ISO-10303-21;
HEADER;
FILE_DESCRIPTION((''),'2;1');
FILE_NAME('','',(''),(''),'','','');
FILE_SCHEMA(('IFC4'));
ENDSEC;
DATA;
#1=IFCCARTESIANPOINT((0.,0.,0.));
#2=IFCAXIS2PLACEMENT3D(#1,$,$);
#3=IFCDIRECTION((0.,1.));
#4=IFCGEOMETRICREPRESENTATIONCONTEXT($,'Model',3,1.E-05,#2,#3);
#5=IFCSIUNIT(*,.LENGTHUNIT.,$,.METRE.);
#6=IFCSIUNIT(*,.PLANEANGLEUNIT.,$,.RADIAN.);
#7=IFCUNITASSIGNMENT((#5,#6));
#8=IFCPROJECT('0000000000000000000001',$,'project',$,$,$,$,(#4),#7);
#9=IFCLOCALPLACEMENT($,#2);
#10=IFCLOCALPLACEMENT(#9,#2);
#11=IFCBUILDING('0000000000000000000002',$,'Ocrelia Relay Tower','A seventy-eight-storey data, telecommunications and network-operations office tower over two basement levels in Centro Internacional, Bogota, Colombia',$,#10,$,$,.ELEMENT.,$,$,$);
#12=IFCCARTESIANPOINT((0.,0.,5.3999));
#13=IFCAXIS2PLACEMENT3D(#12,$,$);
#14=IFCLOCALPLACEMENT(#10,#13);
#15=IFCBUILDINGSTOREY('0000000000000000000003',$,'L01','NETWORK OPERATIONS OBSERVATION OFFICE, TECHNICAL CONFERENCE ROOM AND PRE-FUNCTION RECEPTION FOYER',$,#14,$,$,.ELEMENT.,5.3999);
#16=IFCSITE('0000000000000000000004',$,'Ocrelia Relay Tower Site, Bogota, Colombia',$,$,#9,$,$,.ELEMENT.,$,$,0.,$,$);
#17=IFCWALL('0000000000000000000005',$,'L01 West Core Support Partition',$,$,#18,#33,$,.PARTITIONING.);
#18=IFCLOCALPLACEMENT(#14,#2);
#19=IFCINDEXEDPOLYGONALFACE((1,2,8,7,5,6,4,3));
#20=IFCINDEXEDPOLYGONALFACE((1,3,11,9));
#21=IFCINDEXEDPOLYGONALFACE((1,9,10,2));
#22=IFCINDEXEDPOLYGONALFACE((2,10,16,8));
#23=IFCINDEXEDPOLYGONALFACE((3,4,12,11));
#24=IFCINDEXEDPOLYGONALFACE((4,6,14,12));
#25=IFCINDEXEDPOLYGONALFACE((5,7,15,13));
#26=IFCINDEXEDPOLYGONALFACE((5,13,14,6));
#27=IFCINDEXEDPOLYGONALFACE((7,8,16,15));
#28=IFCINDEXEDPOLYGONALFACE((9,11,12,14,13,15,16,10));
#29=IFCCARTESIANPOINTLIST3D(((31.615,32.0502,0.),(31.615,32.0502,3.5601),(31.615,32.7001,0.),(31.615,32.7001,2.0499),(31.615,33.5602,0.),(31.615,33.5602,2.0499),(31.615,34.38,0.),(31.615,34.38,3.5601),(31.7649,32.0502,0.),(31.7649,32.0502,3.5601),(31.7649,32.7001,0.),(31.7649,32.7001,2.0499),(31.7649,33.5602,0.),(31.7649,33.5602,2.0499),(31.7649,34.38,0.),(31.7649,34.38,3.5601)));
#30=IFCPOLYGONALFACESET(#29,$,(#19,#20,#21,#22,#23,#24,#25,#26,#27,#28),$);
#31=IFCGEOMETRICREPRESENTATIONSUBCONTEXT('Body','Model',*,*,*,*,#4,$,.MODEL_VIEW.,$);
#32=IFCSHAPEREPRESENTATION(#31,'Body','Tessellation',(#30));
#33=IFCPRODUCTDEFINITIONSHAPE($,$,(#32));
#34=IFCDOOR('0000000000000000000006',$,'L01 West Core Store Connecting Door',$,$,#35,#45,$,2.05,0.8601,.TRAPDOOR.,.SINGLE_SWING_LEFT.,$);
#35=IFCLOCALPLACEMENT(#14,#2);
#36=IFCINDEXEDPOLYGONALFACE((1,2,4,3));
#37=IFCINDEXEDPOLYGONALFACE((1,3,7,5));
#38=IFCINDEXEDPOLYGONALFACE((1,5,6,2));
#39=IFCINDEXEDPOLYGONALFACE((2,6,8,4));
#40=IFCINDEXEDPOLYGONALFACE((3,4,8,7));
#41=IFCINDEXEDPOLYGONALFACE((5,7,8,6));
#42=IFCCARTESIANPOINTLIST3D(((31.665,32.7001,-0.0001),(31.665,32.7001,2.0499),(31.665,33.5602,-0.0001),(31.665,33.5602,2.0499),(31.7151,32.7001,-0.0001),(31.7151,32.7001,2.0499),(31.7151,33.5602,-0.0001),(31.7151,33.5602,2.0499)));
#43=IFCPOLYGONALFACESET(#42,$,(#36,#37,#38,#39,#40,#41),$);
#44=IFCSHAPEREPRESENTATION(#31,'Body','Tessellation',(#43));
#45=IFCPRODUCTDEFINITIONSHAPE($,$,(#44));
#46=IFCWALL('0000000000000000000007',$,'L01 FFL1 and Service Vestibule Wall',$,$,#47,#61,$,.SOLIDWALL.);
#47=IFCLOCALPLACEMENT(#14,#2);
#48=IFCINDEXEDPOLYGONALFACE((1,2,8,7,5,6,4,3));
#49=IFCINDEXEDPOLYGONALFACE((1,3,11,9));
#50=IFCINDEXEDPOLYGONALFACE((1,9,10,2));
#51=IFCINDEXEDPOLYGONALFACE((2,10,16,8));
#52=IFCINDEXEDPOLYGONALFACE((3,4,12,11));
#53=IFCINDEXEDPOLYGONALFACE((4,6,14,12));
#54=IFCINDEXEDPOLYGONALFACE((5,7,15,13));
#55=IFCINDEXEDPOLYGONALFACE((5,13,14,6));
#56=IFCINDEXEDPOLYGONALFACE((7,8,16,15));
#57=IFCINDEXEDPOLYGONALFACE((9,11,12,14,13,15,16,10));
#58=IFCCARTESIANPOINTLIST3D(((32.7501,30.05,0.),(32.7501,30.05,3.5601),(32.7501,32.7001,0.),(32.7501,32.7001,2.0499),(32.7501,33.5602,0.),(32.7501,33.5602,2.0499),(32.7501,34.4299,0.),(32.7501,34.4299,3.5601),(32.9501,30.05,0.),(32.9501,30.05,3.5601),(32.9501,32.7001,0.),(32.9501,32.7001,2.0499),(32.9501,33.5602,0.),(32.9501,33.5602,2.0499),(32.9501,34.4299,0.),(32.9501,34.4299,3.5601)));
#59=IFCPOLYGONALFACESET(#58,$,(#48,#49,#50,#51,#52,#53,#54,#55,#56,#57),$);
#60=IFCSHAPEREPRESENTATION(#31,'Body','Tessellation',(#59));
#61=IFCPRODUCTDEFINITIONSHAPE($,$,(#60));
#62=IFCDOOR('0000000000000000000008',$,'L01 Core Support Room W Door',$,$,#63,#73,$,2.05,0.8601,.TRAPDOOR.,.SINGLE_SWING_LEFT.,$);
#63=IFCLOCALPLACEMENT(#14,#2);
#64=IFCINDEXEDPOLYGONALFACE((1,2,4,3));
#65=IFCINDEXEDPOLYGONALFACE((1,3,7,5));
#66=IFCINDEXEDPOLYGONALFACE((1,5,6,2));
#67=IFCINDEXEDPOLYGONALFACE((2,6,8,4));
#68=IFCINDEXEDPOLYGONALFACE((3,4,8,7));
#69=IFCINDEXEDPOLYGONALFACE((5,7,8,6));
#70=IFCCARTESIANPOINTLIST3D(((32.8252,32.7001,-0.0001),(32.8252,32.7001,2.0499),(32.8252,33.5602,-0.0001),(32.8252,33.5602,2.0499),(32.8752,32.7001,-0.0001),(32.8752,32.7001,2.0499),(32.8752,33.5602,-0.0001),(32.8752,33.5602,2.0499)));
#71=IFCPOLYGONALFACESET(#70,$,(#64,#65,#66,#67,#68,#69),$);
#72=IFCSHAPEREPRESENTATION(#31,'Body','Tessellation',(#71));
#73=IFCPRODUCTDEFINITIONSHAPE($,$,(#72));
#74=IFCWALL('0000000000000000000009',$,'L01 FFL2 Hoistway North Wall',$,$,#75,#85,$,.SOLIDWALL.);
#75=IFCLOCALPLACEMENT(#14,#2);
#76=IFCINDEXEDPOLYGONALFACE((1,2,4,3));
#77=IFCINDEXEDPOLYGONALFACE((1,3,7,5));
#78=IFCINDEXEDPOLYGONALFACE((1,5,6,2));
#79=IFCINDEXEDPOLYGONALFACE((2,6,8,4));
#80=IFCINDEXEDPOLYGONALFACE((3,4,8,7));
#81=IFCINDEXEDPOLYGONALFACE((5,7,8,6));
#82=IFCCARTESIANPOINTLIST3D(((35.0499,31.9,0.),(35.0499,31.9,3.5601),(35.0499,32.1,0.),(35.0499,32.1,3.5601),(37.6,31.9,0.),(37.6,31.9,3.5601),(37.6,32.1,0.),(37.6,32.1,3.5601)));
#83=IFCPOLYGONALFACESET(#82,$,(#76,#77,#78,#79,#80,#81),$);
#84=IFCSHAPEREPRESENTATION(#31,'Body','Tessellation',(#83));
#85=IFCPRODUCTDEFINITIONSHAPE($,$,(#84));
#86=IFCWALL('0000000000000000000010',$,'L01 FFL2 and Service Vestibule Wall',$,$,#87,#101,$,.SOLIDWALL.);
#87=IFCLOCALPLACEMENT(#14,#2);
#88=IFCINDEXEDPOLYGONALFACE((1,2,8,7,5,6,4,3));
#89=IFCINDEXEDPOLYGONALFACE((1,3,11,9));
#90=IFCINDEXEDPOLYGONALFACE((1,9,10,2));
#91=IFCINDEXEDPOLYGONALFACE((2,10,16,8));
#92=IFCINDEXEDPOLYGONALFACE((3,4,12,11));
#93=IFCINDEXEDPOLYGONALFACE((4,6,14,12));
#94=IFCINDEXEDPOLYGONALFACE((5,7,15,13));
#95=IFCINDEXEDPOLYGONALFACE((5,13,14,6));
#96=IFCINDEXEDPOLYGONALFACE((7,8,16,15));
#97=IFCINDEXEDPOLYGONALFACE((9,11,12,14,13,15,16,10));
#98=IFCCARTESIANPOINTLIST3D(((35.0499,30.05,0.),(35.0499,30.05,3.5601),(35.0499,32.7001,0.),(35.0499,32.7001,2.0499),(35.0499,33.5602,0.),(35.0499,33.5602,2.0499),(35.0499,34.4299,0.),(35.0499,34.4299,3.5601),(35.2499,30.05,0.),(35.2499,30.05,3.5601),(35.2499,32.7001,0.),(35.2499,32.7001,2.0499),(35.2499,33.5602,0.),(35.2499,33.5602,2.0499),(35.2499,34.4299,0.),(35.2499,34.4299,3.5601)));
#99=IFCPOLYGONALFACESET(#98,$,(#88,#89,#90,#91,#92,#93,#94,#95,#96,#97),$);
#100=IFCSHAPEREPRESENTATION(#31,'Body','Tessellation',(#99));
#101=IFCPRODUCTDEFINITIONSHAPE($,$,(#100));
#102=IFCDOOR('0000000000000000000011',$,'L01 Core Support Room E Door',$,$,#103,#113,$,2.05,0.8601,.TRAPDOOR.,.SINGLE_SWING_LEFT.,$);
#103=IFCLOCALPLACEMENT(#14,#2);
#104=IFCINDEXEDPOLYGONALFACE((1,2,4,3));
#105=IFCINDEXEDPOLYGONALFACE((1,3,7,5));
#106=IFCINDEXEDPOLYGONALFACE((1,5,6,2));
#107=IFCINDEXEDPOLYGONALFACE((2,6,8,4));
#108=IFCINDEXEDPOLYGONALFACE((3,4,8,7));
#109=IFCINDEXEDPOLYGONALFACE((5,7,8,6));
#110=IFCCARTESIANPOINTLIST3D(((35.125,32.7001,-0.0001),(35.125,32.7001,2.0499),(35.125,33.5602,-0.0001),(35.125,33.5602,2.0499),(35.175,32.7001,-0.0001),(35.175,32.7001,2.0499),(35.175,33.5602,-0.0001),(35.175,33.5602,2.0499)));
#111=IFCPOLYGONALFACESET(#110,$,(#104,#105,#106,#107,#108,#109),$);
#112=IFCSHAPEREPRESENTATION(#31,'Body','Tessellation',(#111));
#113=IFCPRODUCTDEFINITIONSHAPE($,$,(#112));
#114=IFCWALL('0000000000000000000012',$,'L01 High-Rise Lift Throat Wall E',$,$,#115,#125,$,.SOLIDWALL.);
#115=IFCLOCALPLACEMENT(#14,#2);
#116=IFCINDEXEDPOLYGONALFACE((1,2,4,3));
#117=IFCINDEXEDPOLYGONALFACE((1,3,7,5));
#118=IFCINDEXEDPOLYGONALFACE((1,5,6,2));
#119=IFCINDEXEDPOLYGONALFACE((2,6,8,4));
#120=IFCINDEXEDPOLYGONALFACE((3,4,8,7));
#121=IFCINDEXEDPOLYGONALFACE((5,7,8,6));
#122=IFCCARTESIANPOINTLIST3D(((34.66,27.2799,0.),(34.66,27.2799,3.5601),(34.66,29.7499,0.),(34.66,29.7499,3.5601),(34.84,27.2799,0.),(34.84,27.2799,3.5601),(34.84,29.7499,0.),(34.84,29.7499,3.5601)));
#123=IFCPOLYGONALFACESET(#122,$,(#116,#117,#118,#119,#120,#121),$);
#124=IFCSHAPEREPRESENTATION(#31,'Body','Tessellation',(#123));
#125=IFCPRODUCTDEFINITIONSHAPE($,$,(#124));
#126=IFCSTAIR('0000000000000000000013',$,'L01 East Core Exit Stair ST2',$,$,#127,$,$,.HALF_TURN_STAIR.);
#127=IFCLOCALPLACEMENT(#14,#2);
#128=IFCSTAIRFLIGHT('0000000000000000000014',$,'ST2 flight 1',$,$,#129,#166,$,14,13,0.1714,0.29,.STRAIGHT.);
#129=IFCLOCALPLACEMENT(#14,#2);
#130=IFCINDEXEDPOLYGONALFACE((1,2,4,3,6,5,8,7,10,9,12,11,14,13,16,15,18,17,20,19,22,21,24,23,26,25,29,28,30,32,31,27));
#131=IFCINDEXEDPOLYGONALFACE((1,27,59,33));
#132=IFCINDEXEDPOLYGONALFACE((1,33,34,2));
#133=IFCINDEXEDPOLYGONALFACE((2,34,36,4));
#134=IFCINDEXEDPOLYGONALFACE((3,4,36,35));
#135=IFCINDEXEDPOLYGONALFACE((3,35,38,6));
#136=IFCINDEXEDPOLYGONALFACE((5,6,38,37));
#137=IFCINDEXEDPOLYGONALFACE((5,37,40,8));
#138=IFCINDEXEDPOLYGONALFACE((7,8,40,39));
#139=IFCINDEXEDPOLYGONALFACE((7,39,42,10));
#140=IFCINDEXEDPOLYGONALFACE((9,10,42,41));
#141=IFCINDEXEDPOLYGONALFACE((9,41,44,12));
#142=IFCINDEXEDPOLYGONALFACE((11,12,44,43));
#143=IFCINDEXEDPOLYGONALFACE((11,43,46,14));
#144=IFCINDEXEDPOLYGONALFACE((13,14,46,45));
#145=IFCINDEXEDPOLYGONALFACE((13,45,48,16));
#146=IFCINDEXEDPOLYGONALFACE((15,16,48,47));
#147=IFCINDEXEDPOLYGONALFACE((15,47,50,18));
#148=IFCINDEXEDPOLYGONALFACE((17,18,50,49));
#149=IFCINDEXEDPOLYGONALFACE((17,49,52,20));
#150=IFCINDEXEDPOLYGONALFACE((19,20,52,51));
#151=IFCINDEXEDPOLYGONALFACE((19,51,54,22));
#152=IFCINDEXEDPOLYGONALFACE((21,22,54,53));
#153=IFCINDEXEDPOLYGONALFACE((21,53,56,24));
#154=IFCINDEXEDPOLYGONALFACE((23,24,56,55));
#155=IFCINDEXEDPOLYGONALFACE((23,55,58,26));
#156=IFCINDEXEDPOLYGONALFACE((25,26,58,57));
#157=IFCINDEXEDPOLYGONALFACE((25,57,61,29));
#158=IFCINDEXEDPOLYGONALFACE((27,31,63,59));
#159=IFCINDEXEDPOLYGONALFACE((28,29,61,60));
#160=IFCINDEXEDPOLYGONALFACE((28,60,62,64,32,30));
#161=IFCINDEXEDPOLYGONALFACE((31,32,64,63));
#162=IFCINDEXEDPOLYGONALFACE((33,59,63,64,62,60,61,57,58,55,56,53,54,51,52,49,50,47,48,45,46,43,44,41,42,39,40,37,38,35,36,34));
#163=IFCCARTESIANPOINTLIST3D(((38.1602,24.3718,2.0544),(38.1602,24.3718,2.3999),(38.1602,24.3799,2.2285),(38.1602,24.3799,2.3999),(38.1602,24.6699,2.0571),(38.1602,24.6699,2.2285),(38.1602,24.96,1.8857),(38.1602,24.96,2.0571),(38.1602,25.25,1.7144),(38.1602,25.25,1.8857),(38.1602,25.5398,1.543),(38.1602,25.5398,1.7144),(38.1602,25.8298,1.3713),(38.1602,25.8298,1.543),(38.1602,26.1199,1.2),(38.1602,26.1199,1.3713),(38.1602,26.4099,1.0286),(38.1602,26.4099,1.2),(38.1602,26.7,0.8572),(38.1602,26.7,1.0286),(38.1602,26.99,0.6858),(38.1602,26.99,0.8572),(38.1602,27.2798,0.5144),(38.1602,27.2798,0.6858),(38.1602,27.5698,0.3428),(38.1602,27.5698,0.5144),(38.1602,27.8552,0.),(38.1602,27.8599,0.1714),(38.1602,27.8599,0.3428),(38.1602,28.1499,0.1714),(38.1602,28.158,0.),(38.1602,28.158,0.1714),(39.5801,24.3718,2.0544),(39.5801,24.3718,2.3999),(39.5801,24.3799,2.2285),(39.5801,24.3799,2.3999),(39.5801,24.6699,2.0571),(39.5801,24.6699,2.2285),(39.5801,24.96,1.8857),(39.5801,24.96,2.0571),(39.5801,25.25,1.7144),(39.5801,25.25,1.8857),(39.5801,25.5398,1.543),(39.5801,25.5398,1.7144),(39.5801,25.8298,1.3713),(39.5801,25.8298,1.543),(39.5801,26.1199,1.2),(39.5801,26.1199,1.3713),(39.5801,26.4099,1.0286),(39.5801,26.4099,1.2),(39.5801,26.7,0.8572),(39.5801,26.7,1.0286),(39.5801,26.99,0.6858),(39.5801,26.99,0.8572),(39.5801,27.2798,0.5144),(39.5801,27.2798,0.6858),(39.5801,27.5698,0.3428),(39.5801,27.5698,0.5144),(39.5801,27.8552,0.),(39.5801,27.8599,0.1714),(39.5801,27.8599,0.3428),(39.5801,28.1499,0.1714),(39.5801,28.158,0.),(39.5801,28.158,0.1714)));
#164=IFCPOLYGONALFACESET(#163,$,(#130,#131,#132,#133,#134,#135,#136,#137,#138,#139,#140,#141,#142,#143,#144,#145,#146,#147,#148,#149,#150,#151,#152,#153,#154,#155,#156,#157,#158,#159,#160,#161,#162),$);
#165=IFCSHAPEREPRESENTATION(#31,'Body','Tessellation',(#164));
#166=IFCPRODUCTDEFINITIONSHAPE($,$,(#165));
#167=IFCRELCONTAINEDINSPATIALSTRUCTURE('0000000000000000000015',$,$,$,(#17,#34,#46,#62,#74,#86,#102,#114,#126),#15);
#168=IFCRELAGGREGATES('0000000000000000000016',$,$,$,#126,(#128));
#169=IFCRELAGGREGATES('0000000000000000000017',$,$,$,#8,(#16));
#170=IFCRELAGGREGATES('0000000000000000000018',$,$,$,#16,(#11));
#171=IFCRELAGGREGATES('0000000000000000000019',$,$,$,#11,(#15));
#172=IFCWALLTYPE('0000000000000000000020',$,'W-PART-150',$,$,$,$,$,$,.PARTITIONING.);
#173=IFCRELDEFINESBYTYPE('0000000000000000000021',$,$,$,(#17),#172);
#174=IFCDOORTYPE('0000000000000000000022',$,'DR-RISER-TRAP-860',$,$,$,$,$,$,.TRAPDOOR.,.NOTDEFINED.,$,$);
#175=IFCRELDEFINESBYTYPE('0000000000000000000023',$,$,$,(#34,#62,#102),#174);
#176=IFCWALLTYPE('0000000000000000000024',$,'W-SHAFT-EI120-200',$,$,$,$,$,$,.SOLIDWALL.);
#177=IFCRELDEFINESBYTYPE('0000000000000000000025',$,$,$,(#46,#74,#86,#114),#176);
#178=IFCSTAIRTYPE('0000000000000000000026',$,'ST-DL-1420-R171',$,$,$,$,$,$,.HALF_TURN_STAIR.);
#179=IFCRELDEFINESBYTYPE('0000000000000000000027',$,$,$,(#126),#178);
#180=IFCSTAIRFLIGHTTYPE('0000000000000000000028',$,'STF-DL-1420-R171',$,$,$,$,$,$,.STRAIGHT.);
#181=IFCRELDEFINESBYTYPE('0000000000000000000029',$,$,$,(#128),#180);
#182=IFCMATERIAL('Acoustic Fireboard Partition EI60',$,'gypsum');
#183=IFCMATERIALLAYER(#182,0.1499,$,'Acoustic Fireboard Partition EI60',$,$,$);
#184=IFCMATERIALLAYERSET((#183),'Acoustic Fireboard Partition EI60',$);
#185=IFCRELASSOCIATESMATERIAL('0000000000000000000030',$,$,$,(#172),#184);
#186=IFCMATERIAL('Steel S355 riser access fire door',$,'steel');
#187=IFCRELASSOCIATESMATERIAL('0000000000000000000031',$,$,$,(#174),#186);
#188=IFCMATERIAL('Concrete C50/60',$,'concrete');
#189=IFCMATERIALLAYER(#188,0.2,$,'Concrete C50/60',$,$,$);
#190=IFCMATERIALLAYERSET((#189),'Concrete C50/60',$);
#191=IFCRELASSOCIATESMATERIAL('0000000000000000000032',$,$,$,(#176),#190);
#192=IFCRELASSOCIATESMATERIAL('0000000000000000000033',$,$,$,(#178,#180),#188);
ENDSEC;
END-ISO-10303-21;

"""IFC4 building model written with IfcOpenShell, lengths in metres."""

from ifc_helpers import new_model, si_unit, direction, frame, frame_2d, origin, place, context, subcontext, project, spatial, polyline, rectangle, outline, extrude, material, layer, layer_set, type_object, element, fill, aggregate, save


model = new_model("IFC4")

# Units and contexts
model_context = context("Model", 3, precision=1e-05, world=origin(), true_north=direction((0.0, 1.0)))
body_context = subcontext(model_context, "Body", "Model", "MODEL_VIEW")
ifc_project = project(units=[si_unit("LENGTHUNIT", "METRE"), si_unit("PLANEANGLEUNIT", "RADIAN")], contexts=[model_context])

# Site, building, storey
site_placement = place(None, origin())
site = spatial("IfcSite", under=ifc_project, at=site_placement, Name="Ocrelia Relay Tower Site, Bogota, Colombia", CompositionType="ELEMENT", RefElevation=0.0)
building_placement = place(site_placement, origin())
building = spatial("IfcBuilding", under=site, at=building_placement, Name="Ocrelia Relay Tower", Description="A seventy-eight-storey data, telecommunications and network-operations office tower over two basement levels in Centro Internacional, Bogota, Colombia", CompositionType="ELEMENT")
storey_placement = place(building_placement, frame((0.0, 0.0, 5.3999)))
storey = spatial("IfcBuildingStorey", under=building, at=storey_placement, Name="L01", Description="NETWORK OPERATIONS OBSERVATION OFFICE, TECHNICAL CONFERENCE ROOM AND PRE-FUNCTION RECEPTION FOYER", CompositionType="ELEMENT", Elevation=5.3999)

# Walls, openings, doors
ifc_material_1 = material(Name="Concrete C50/60", Category="concrete")
ifc_material_2 = material(Name="Acoustic Fireboard Partition EI60", Category="gypsum")
ifc_layer_1 = layer(ifc_material_2, 0.1499, Name="Acoustic Fireboard Partition EI60")
ifc_layer_set_1 = layer_set([ifc_layer_1], Name="Acoustic Fireboard Partition EI60")
wall_type_1 = type_object("IfcWallType", Name="W-PART-150", PredefinedType="PARTITIONING", material=ifc_layer_set_1)
wall_1_placement = place(storey_placement, frame((31.6899, 32.05, 0.0), z_axis=(0.0, 0.0, 1.0), x_axis=(0.0, 1.0, 0.0)))
wall_1 = element("IfcWall", 1, at=wall_1_placement, inside=storey, type_object=wall_type_1, Name="L01 West Core Support Partition", PredefinedType="PARTITIONING", context=body_context, shape_type="SweptSolid", body=[
    extrude(rectangle(XDim=2.3298, YDim=0.1499, at=frame_2d((1.165, 0.0))), origin(), (0.0, 0.0, 1.0), 3.5601),
])
opening_1_placement = place(wall_1_placement, frame((0.6499, 0.0, 0.0)))
opening_1 = element("IfcOpeningElement", 2, at=opening_1_placement, cuts=wall_1, PredefinedType="OPENING", context=body_context, shape_type="SweptSolid", body=[
    extrude(rectangle(XDim=0.8601, YDim=2.05, at=frame_2d((0.4302, 1.0249))), frame((0.0, 0.085, 0.0), z_axis=(0.0, -1.0, 0.0), x_axis=(1.0, 0.0, 0.0)), (0.0, 0.0, 1.0), 0.1699),
])
ifc_material_3 = material(Name="Steel S355 riser access fire door", Category="steel")
door_type_1 = type_object("IfcDoorType", Name="DR-RISER-TRAP-860", OperationType="NOTDEFINED", PredefinedType="TRAPDOOR", material=ifc_material_3)
door_1_placement = place(opening_1_placement, origin())
door_1 = element("IfcDoor", 3, at=door_1_placement, inside=storey, type_object=door_type_1, Name="L01 West Core Store Connecting Door", OperationType="SINGLE_SWING_LEFT", OverallHeight=2.05, OverallWidth=0.8601, PredefinedType="TRAPDOOR", context=body_context, shape_type="SweptSolid", body=[
    extrude(rectangle(XDim=0.8601, YDim=2.05, at=frame_2d((0.4302, 1.0249))), frame((0.0, 0.0249, 0.0), z_axis=(0.0, -1.0, 0.0), x_axis=(1.0, 0.0, 0.0)), (0.0, 0.0, 1.0), 0.05),
])
fill(opening_1, door_1)
ifc_layer_2 = layer(ifc_material_1, 0.2, Name="Concrete C50/60")
ifc_layer_set_2 = layer_set([ifc_layer_2], Name="Concrete C50/60")
wall_type_2 = type_object("IfcWallType", Name="W-SHAFT-EI120-200", PredefinedType="SOLIDWALL", material=ifc_layer_set_2)
wall_2_placement = place(storey_placement, frame((32.8501, 30.05, 0.0), z_axis=(0.0, 0.0, 1.0), x_axis=(0.0, 1.0, 0.0)))
wall_2 = element("IfcWall", 4, at=wall_2_placement, inside=storey, type_object=wall_type_2, Name="L01 FFL1 and Service Vestibule Wall", PredefinedType="SOLIDWALL", context=body_context, shape_type="SweptSolid", body=[
    extrude(rectangle(XDim=4.3799, YDim=0.2, at=frame_2d((2.1899, 0.0))), origin(), (0.0, 0.0, 1.0), 3.5601),
])
opening_2_placement = place(wall_2_placement, frame((2.6499, 0.0, 0.0)))
opening_2 = element("IfcOpeningElement", 5, at=opening_2_placement, cuts=wall_2, PredefinedType="OPENING", context=body_context, shape_type="SweptSolid", body=[
    extrude(rectangle(XDim=0.8601, YDim=2.05, at=frame_2d((0.4302, 1.0249))), frame((0.0, 0.1099, 0.0), z_axis=(0.0, -1.0, 0.0), x_axis=(1.0, 0.0, 0.0)), (0.0, 0.0, 1.0), 0.22),
])
door_2_placement = place(opening_2_placement, origin())
door_2 = element("IfcDoor", 6, at=door_2_placement, inside=storey, type_object=door_type_1, Name="L01 Core Support Room W Door", OperationType="SINGLE_SWING_LEFT", OverallHeight=2.05, OverallWidth=0.8601, PredefinedType="TRAPDOOR", context=body_context, shape_type="SweptSolid", body=[
    extrude(rectangle(XDim=0.8601, YDim=2.05, at=frame_2d((0.4302, 1.0249))), frame((0.0, 0.0249, 0.0), z_axis=(0.0, -1.0, 0.0), x_axis=(1.0, 0.0, 0.0)), (0.0, 0.0, 1.0), 0.05),
])
fill(opening_2, door_2)

# Wall
wall_3_placement = place(storey_placement, frame((35.05, 32.0, 0.0), z_axis=(0.0, 0.0, 1.0), x_axis=(1.0, 0.0, 0.0)))
element("IfcWall", 7, at=wall_3_placement, inside=storey, type_object=wall_type_2, Name="L01 FFL2 Hoistway North Wall", PredefinedType="SOLIDWALL", context=body_context, shape_type="SweptSolid", body=[
    extrude(rectangle(XDim=2.55, YDim=0.2, at=frame_2d((1.2749, 0.0))), origin(), (0.0, 0.0, 1.0), 3.5601),
])

# Wall, opening, door
wall_4_placement = place(storey_placement, frame((35.1499, 30.05, 0.0), z_axis=(0.0, 0.0, 1.0), x_axis=(0.0, 1.0, 0.0)))
wall_4 = element("IfcWall", 8, at=wall_4_placement, inside=storey, type_object=wall_type_2, Name="L01 FFL2 and Service Vestibule Wall", PredefinedType="SOLIDWALL", context=body_context, shape_type="SweptSolid", body=[
    extrude(rectangle(XDim=4.3799, YDim=0.2, at=frame_2d((2.1899, 0.0))), origin(), (0.0, 0.0, 1.0), 3.5601),
])
opening_3_placement = place(wall_4_placement, frame((2.6499, 0.0, 0.0)))
opening_3 = element("IfcOpeningElement", 9, at=opening_3_placement, cuts=wall_4, PredefinedType="OPENING", context=body_context, shape_type="SweptSolid", body=[
    extrude(rectangle(XDim=0.8601, YDim=2.05, at=frame_2d((0.4302, 1.0249))), frame((0.0, 0.1099, 0.0), z_axis=(0.0, -1.0, 0.0), x_axis=(1.0, 0.0, 0.0)), (0.0, 0.0, 1.0), 0.22),
])
door_3_placement = place(opening_3_placement, origin())
door_3 = element("IfcDoor", 10, at=door_3_placement, inside=storey, type_object=door_type_1, Name="L01 Core Support Room E Door", OperationType="SINGLE_SWING_LEFT", OverallHeight=2.05, OverallWidth=0.8601, PredefinedType="TRAPDOOR", context=body_context, shape_type="SweptSolid", body=[
    extrude(rectangle(XDim=0.8601, YDim=2.05, at=frame_2d((0.4302, 1.0249))), frame((0.0, 0.0249, 0.0), z_axis=(0.0, -1.0, 0.0), x_axis=(1.0, 0.0, 0.0)), (0.0, 0.0, 1.0), 0.05),
])
fill(opening_3, door_3)

# Wall
wall_5_placement = place(storey_placement, frame((34.75, 27.28, 0.0), z_axis=(0.0, 0.0, 1.0), x_axis=(0.0, 1.0, 0.0)))
element("IfcWall", 11, at=wall_5_placement, inside=storey, type_object=wall_type_2, Name="L01 High-Rise Lift Throat Wall E", PredefinedType="SOLIDWALL", context=body_context, shape_type="SweptSolid", body=[
    extrude(rectangle(XDim=2.47, YDim=0.1799, at=frame_2d((1.2349, 0.0))), origin(), (0.0, 0.0, 1.0), 3.5601),
])

# Stair, stair flight
stair_type = type_object("IfcStairType", Name="ST-DL-1420-R171", PredefinedType="HALF_TURN_STAIR", material=ifc_material_1)
stair_placement = place(storey_placement, origin())
stair = element("IfcStair", 12, at=stair_placement, inside=storey, type_object=stair_type, Name="L01 East Core Exit Stair ST2", PredefinedType="HALF_TURN_STAIR")
stair_flight_type = type_object("IfcStairFlightType", Name="STF-DL-1420-R171", PredefinedType="STRAIGHT", material=ifc_material_1)
stair_flight_placement = place(storey_placement, frame((38.8701, 28.1499, 0.0), z_axis=(0.0, 0.0, 1.0), x_axis=(0.0, -1.0, 0.0)))
stair_flight = element("IfcStairFlight", 13, at=stair_flight_placement, type_object=stair_flight_type, Name="ST2 flight 1", NumberOfRisers=14, NumberOfTreads=13, PredefinedType="STRAIGHT", RiserHeight=0.1714, TreadLength=0.29, context=body_context, shape_type="SweptSolid", body=[
    extrude(outline(polyline([(-0.0081, 0.0), (-0.0081, 0.1714), (0.0, 0.1714), (0.29, 0.1714), (0.29, 0.3428), (0.5801, 0.3428), (0.5801, 0.5144), (0.8701, 0.5144), (0.8701, 0.6858), (1.1599, 0.6858), (1.1599, 0.8572), (1.45, 0.8572), (1.45, 1.0286), (1.74, 1.0286), (1.74, 1.2), (2.03, 1.2), (2.03, 1.3713), (2.3201, 1.3713), (2.3201, 1.543), (2.6101, 1.543), (2.6101, 1.7144), (2.8999, 1.7144), (2.8999, 1.8857), (3.1899, 1.8857), (3.1899, 2.0571), (3.48, 2.0571), (3.48, 2.2285), (3.77, 2.2285), (3.77, 2.3999), (3.7781, 2.3999), (3.7781, 2.0544), (0.2947, 0.0), (-0.0081, 0.0)])), frame((0.0, 0.71, 0.0), z_axis=(0.0, -1.0, 0.0), x_axis=(1.0, 0.0, 0.0)), (0.0, 0.0, 1.0), 1.4199),
])
aggregate(stair, [stair_flight])

save(model, "model.ifc")
